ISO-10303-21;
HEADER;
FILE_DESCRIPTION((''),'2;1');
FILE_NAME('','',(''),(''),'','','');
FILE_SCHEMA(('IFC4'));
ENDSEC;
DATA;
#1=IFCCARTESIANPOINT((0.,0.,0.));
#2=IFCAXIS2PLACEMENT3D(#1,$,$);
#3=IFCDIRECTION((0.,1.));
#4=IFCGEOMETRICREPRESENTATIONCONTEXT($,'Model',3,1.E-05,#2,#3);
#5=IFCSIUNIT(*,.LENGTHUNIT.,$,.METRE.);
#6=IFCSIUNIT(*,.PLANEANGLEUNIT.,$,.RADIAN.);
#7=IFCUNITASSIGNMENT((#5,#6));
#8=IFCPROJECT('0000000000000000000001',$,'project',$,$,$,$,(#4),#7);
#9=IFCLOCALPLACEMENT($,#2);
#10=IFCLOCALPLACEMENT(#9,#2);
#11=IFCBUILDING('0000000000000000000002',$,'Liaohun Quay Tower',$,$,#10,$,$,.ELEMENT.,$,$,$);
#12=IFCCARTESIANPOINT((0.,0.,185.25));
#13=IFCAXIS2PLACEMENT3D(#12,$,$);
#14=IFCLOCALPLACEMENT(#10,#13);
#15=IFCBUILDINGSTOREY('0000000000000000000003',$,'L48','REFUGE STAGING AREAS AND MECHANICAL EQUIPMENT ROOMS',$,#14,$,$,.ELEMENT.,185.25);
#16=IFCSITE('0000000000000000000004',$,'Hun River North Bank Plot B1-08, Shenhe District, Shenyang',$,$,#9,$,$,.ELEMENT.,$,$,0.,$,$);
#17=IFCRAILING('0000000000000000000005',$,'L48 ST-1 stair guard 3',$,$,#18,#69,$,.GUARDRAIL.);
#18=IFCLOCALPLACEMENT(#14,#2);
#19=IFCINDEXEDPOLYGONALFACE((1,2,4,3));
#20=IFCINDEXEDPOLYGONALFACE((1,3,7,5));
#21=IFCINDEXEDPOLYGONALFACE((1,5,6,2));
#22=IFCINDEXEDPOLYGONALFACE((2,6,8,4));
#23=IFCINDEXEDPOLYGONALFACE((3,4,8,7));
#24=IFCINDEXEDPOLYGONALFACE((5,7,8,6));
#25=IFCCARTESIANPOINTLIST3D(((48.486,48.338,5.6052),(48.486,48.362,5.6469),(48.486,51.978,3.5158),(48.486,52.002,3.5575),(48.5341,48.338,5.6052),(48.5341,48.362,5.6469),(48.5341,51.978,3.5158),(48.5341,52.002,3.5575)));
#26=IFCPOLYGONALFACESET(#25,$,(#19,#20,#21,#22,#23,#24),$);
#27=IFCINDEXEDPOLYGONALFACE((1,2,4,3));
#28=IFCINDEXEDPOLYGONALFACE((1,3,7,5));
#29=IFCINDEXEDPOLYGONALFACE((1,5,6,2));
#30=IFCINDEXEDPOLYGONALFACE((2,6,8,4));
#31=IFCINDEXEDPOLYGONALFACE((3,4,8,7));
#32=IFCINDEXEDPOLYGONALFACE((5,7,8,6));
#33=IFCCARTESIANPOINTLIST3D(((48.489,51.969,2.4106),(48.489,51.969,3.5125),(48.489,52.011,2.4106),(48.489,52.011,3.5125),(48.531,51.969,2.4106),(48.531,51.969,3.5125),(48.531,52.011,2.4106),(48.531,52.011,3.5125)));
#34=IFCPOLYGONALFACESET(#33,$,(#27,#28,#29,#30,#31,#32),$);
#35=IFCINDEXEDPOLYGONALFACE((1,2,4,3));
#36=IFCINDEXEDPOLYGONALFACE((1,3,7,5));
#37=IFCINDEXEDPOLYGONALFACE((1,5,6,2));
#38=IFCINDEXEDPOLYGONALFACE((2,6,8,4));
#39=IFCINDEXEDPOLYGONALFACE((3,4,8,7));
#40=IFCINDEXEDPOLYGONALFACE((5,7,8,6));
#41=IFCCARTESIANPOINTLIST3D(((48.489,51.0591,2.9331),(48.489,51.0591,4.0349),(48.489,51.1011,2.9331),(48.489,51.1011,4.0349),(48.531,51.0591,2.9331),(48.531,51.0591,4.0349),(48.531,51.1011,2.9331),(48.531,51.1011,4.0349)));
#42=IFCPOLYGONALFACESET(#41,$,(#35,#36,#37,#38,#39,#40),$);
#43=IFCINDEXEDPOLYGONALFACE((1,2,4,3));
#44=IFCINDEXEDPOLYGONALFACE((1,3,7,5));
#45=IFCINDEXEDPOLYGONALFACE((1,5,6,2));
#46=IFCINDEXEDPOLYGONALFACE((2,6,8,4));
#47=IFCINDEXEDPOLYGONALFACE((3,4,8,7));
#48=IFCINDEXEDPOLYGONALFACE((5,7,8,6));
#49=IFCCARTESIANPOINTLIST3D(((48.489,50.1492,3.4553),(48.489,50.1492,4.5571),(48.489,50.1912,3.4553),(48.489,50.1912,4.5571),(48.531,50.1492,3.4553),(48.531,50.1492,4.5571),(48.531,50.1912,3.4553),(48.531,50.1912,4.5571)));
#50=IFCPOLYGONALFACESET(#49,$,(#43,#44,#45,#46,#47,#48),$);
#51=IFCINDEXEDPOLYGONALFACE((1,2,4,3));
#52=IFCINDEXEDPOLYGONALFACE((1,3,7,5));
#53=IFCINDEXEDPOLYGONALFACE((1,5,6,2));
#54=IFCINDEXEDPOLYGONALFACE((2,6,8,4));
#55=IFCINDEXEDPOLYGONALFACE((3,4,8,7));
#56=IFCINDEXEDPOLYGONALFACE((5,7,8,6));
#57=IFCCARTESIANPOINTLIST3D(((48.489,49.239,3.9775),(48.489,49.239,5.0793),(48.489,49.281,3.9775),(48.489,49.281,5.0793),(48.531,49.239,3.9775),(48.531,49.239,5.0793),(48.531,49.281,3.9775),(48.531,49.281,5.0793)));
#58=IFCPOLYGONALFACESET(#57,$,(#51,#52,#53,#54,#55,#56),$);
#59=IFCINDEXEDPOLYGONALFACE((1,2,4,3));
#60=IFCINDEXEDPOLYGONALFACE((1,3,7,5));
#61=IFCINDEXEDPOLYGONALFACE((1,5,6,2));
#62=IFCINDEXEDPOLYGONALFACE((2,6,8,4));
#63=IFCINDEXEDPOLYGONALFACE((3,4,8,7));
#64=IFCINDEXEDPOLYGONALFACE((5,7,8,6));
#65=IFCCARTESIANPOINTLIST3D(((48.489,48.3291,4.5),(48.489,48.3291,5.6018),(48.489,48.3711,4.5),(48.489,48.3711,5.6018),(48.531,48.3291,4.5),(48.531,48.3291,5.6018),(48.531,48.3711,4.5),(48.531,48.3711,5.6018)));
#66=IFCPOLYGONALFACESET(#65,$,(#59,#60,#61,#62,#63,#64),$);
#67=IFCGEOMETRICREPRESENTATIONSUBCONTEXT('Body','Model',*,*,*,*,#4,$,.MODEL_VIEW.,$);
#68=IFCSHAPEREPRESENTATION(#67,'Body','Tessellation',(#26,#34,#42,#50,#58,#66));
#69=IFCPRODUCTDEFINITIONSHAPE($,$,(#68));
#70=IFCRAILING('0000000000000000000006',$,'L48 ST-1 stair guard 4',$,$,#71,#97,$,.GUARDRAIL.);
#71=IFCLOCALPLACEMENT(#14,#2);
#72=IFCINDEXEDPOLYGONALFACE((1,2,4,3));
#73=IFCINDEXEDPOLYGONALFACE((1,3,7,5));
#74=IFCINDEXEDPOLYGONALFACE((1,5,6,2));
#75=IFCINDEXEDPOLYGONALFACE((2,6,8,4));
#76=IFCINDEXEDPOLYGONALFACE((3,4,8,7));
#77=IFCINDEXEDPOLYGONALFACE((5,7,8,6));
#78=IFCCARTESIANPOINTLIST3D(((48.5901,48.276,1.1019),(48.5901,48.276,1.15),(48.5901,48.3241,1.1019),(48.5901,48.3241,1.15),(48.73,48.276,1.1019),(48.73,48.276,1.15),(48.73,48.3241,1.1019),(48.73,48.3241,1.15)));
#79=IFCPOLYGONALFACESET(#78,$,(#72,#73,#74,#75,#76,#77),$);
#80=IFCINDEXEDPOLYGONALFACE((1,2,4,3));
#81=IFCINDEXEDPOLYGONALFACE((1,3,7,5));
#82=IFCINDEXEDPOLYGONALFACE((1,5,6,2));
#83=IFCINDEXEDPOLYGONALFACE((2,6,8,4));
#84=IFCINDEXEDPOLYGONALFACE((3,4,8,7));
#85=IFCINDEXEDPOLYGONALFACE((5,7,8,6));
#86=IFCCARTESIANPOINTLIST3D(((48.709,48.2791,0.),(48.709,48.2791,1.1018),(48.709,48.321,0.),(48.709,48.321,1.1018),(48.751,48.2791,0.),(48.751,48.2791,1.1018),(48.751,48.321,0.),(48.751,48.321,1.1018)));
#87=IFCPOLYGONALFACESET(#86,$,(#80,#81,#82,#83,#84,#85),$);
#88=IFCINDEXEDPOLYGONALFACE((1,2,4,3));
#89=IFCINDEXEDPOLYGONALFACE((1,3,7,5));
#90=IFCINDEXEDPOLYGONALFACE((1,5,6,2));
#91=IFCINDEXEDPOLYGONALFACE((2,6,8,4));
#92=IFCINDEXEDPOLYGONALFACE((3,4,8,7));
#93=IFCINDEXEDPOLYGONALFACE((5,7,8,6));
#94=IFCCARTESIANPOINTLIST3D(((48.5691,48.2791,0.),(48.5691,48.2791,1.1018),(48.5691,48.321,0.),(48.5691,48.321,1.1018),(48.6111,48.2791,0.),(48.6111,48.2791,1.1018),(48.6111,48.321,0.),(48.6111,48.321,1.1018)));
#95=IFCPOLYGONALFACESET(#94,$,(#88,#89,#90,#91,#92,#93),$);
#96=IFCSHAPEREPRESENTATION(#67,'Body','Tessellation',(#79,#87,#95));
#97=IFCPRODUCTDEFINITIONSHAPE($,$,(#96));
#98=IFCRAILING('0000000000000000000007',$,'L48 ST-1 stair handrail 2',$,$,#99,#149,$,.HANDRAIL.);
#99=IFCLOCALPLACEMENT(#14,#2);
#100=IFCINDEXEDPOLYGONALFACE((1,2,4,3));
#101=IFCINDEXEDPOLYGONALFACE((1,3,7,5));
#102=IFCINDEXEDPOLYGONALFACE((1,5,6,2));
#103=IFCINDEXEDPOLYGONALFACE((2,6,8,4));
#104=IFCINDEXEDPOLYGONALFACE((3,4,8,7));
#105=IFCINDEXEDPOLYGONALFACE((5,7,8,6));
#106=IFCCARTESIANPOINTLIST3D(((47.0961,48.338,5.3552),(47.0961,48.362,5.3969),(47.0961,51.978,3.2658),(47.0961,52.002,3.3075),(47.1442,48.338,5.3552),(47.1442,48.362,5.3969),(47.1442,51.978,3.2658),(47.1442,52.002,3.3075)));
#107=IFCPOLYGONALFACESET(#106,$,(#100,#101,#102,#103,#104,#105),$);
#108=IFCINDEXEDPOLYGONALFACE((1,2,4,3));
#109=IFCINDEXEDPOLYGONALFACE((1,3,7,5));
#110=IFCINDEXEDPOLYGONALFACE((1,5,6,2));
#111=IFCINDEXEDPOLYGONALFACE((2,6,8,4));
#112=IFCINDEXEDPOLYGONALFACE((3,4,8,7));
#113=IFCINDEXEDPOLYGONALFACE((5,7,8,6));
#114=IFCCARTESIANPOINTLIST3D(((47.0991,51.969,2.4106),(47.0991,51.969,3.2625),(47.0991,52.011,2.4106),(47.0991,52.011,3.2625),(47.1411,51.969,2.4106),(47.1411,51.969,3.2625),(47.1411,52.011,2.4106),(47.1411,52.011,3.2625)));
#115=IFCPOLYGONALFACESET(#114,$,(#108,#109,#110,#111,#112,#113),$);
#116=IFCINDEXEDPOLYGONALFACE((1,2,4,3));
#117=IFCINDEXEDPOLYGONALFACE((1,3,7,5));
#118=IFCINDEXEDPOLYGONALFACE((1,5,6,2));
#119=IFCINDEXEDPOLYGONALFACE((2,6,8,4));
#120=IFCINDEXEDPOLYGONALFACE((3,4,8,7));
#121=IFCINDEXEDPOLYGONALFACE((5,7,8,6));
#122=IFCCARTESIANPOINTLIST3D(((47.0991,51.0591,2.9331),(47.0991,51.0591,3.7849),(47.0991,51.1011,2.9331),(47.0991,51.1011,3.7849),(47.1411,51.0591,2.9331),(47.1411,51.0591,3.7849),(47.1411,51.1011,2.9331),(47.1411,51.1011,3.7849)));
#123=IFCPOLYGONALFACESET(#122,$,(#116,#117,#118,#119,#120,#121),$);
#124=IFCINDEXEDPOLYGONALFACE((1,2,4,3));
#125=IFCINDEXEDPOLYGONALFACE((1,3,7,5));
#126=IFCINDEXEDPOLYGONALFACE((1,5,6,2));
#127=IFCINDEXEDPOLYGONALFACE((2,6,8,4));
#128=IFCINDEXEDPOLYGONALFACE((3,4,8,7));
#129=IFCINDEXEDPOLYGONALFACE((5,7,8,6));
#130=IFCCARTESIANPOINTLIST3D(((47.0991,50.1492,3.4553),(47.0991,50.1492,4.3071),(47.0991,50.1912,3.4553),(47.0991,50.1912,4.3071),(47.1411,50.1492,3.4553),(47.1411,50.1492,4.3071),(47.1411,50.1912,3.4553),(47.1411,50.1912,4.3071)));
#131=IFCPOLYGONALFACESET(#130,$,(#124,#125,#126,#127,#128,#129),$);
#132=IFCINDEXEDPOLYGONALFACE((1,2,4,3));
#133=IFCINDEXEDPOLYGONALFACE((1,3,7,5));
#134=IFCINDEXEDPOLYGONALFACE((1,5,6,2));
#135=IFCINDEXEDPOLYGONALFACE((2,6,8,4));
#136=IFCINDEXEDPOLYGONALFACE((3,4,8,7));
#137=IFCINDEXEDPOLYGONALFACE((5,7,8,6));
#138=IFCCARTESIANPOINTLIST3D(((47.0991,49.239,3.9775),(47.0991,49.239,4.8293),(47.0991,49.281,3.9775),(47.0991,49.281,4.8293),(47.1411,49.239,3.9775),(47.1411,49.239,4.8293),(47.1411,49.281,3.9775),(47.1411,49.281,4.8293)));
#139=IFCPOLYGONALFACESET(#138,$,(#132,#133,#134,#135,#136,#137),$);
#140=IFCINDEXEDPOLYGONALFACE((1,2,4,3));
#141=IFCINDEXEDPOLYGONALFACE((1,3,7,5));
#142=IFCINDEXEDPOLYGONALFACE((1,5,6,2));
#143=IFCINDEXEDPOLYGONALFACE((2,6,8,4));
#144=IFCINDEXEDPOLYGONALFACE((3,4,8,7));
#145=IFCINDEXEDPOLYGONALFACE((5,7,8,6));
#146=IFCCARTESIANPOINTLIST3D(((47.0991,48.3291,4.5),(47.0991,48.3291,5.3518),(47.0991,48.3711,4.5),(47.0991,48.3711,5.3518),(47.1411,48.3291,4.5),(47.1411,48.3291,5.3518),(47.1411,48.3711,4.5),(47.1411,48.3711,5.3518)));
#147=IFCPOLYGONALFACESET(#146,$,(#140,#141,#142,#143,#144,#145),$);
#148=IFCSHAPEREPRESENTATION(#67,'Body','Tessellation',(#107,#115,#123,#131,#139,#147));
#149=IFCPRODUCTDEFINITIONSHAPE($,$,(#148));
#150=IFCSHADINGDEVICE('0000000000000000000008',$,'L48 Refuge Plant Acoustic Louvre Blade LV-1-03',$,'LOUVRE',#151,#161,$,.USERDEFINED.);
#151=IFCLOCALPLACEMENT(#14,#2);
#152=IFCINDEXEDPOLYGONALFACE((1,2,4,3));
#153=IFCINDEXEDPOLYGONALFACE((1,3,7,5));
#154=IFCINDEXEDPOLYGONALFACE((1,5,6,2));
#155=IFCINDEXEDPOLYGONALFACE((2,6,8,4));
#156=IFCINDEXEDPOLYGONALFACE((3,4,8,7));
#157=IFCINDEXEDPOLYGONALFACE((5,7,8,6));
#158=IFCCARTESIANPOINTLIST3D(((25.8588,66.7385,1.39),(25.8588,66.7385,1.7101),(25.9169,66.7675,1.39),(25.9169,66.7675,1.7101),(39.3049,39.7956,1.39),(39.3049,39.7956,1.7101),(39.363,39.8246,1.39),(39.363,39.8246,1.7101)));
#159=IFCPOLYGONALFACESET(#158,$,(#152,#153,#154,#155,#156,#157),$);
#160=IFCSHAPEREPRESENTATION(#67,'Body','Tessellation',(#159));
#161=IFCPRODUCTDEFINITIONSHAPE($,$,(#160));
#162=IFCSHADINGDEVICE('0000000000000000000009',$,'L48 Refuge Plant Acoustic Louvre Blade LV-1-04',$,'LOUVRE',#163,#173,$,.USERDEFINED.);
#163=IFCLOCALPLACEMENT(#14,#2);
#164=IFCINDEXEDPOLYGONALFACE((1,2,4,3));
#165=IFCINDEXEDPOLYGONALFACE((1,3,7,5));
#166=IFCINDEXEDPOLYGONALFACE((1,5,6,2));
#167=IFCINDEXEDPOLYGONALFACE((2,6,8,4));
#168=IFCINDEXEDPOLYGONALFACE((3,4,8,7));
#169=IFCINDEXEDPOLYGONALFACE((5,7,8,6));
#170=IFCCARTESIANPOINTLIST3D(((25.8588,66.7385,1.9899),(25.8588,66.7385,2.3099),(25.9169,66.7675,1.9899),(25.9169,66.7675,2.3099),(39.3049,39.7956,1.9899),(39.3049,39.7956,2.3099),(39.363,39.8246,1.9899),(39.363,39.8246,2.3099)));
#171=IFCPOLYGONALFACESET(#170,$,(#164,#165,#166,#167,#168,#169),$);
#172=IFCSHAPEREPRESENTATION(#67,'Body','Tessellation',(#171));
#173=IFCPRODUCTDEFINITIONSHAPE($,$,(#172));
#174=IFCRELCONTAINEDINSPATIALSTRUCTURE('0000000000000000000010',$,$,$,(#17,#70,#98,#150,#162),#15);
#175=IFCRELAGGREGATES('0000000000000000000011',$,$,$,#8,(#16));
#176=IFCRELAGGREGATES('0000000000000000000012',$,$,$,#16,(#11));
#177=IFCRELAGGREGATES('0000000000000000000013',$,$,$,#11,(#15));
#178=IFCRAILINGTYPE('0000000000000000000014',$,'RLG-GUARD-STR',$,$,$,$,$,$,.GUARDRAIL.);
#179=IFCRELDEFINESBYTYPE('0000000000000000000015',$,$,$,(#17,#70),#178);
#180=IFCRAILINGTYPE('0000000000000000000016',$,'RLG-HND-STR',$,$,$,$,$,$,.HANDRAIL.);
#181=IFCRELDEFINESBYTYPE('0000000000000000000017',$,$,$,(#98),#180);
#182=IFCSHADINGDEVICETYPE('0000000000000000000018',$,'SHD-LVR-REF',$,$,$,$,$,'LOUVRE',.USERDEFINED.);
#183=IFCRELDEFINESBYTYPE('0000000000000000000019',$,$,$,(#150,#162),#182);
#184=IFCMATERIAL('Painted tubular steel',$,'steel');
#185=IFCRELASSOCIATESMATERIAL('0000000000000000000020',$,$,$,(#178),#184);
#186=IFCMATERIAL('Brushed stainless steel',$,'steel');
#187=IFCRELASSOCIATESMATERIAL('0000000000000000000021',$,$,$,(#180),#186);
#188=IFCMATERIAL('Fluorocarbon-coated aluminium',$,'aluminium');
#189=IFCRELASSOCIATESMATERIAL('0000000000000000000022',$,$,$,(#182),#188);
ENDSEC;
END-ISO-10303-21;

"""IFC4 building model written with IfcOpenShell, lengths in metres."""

from ifc_helpers import new_model, si_unit, direction, frame, origin, origin_2d, place, context, subcontext, project, spatial, rectangle, extrude, source, transform, mapped, material, material_profile, profile_set, type_object, element, save


model = new_model("IFC4")

# Units and contexts
model_context = context("Model", 3, precision=1e-05, world=origin(), true_north=direction((0.0, 1.0)))
body_context = subcontext(model_context, "Body", "Model", "MODEL_VIEW")
ifc_project = project(units=[si_unit("LENGTHUNIT", "METRE"), si_unit("PLANEANGLEUNIT", "RADIAN")], contexts=[model_context])

# Site, building, storey
site_placement = place(None, origin())
site = spatial("IfcSite", under=ifc_project, at=site_placement, Name="Hun River North Bank Plot B1-08, Shenhe District, Shenyang", CompositionType="ELEMENT", RefElevation=0.0)
building_placement = place(site_placement, origin())
building = spatial("IfcBuilding", under=site, at=building_placement, Name="Liaohun Quay Tower", CompositionType="ELEMENT")
storey_placement = place(building_placement, frame((0.0, 0.0, 185.25)))
storey = spatial("IfcBuildingStorey", under=building, at=storey_placement, Name="L48", Description="REFUGE STAGING AREAS AND MECHANICAL EQUIPMENT ROOMS", CompositionType="ELEMENT", Elevation=185.25)

# Railings
ifc_material_1 = material(Name="Painted tubular steel", Category="steel")
railing_type_1 = type_object("IfcRailingType", Name="RLG-GUARD-STR", PredefinedType="GUARDRAIL", material=ifc_material_1)
railing_1_placement = place(storey_placement, frame((48.51, 51.99, 2.4106)))
element("IfcRailing", 1, at=railing_1_placement, inside=storey, type_object=railing_type_1, Name="L48 ST-1 stair guard 3", PredefinedType="GUARDRAIL", context=body_context, shape_type="SweptSolid", body=[
    extrude(rectangle(XDim=0.0481, YDim=0.0481, at=origin_2d()), frame((0.0, 0.0, 1.126), z_axis=(0.0, -0.867275, 0.497829), x_axis=(1.0, 0.0, 0.0)), (0.0, 0.0, 1.0), 4.197),
    extrude(rectangle(XDim=0.042, YDim=0.042, at=origin_2d()), origin(), (0.0, 0.0, 1.0), 1.1018),
    extrude(rectangle(XDim=0.042, YDim=0.042, at=origin_2d()), frame((0.0, -0.9099, 0.5225)), (0.0, 0.0, 1.0), 1.1018),
    extrude(rectangle(XDim=0.042, YDim=0.042, at=origin_2d()), frame((0.0, -1.8198, 1.0447)), (0.0, 0.0, 1.0), 1.1018),
    extrude(rectangle(XDim=0.042, YDim=0.042, at=origin_2d()), frame((0.0, -2.73, 1.5669)), (0.0, 0.0, 1.0), 1.1018),
    extrude(rectangle(XDim=0.042, YDim=0.042, at=origin_2d()), frame((0.0, -3.6399, 2.0894)), (0.0, 0.0, 1.0), 1.1018),
])
railing_2_placement = place(storey_placement, frame((48.73, 48.3, 0.0)))
element("IfcRailing", 2, at=railing_2_placement, inside=storey, type_object=railing_type_1, Name="L48 ST-1 stair guard 4", PredefinedType="GUARDRAIL", context=body_context, shape_type="SweptSolid", body=[
    extrude(rectangle(XDim=0.0481, YDim=0.0481, at=origin_2d()), frame((0.0, 0.0, 1.126), z_axis=(-1.0, 0.0, 0.0), x_axis=(0.0, -1.0, 0.0)), (0.0, 0.0, 1.0), 0.1399),
    extrude(rectangle(XDim=0.042, YDim=0.042, at=origin_2d()), origin(), (0.0, 0.0, 1.0), 1.1018),
    extrude(rectangle(XDim=0.042, YDim=0.042, at=origin_2d()), frame((-0.1399, 0.0, 0.0)), (0.0, 0.0, 1.0), 1.1018),
])
ifc_material_2 = material(Name="Brushed stainless steel", Category="steel")
railing_type_2 = type_object("IfcRailingType", Name="RLG-HND-STR", PredefinedType="HANDRAIL", material=ifc_material_2)
railing_3_placement = place(storey_placement, frame((47.1201, 51.99, 2.4106)))
element("IfcRailing", 3, at=railing_3_placement, inside=storey, type_object=railing_type_2, Name="L48 ST-1 stair handrail 2", PredefinedType="HANDRAIL", context=body_context, shape_type="SweptSolid", body=[
    extrude(rectangle(XDim=0.0481, YDim=0.0481, at=origin_2d()), frame((0.0, 0.0, 0.876), z_axis=(0.0, -0.867275, 0.497829), x_axis=(1.0, 0.0, 0.0)), (0.0, 0.0, 1.0), 4.197),
    extrude(rectangle(XDim=0.042, YDim=0.042, at=origin_2d()), origin(), (0.0, 0.0, 1.0), 0.8518),
    extrude(rectangle(XDim=0.042, YDim=0.042, at=origin_2d()), frame((0.0, -0.9099, 0.5225)), (0.0, 0.0, 1.0), 0.8518),
    extrude(rectangle(XDim=0.042, YDim=0.042, at=origin_2d()), frame((0.0, -1.8198, 1.0447)), (0.0, 0.0, 1.0), 0.8518),
    extrude(rectangle(XDim=0.042, YDim=0.042, at=origin_2d()), frame((0.0, -2.73, 1.5669)), (0.0, 0.0, 1.0), 0.8518),
    extrude(rectangle(XDim=0.042, YDim=0.042, at=origin_2d()), frame((0.0, -3.6399, 2.0894)), (0.0, 0.0, 1.0), 0.8518),
])

# Shading devices
ifc_material_3 = material(Name="Fluorocarbon-coated aluminium", Category="aluminium")
ifc_material_profile_1 = material_profile(ifc_material_3, rectangle(XDim=0.0649, YDim=0.3201, at=origin_2d()), Name="ALU-LVR-320x65")
ifc_profile_set_1 = profile_set([ifc_material_profile_1], Name="Fluorocarbon-coated aluminium")
shading_device_type = type_object("IfcShadingDeviceType", Name="SHD-LVR-REF", ElementType="LOUVRE", PredefinedType="USERDEFINED", material=ifc_profile_set_1)
shared_shape_1 = source(origin(), body_context, "Body", "SweptSolid", [
    extrude(rectangle(XDim=0.0649, YDim=0.3201, at=origin_2d()), origin(), (0.0, 0.0, 1.0), 30.1118),
])
for number, where, z_axis, x_axis, name in (
    (4, (39.334, 39.8101, 1.55), (-0.446539, 0.894764, 0.0), (-0.894764, -0.446539, 0.0), "L48 Refuge Plant Acoustic Louvre Blade LV-1-03"),
    (5, (39.334, 39.8101, 2.1499), (-0.446539, 0.894764, 0.0), (-0.894764, -0.446539, 0.0), "L48 Refuge Plant Acoustic Louvre Blade LV-1-04"),
):
    element("IfcShadingDevice", number, at=place(storey_placement, frame(where, z_axis=z_axis, x_axis=x_axis)), inside=storey, type_object=shading_device_type, Name=name, ObjectType="LOUVRE", PredefinedType="USERDEFINED", context=body_context, shape_type="MappedRepresentation", body=[
        mapped(shared_shape_1, transform((0.0, 0.0, 0.0), x_axis=(1.0, 0.0, 0.0), y_axis=(0.0, 1.0, 0.0), z_axis=(0.0, 0.0, 1.0), scale=1.0)),
    ])

save(model, "model.ifc")
